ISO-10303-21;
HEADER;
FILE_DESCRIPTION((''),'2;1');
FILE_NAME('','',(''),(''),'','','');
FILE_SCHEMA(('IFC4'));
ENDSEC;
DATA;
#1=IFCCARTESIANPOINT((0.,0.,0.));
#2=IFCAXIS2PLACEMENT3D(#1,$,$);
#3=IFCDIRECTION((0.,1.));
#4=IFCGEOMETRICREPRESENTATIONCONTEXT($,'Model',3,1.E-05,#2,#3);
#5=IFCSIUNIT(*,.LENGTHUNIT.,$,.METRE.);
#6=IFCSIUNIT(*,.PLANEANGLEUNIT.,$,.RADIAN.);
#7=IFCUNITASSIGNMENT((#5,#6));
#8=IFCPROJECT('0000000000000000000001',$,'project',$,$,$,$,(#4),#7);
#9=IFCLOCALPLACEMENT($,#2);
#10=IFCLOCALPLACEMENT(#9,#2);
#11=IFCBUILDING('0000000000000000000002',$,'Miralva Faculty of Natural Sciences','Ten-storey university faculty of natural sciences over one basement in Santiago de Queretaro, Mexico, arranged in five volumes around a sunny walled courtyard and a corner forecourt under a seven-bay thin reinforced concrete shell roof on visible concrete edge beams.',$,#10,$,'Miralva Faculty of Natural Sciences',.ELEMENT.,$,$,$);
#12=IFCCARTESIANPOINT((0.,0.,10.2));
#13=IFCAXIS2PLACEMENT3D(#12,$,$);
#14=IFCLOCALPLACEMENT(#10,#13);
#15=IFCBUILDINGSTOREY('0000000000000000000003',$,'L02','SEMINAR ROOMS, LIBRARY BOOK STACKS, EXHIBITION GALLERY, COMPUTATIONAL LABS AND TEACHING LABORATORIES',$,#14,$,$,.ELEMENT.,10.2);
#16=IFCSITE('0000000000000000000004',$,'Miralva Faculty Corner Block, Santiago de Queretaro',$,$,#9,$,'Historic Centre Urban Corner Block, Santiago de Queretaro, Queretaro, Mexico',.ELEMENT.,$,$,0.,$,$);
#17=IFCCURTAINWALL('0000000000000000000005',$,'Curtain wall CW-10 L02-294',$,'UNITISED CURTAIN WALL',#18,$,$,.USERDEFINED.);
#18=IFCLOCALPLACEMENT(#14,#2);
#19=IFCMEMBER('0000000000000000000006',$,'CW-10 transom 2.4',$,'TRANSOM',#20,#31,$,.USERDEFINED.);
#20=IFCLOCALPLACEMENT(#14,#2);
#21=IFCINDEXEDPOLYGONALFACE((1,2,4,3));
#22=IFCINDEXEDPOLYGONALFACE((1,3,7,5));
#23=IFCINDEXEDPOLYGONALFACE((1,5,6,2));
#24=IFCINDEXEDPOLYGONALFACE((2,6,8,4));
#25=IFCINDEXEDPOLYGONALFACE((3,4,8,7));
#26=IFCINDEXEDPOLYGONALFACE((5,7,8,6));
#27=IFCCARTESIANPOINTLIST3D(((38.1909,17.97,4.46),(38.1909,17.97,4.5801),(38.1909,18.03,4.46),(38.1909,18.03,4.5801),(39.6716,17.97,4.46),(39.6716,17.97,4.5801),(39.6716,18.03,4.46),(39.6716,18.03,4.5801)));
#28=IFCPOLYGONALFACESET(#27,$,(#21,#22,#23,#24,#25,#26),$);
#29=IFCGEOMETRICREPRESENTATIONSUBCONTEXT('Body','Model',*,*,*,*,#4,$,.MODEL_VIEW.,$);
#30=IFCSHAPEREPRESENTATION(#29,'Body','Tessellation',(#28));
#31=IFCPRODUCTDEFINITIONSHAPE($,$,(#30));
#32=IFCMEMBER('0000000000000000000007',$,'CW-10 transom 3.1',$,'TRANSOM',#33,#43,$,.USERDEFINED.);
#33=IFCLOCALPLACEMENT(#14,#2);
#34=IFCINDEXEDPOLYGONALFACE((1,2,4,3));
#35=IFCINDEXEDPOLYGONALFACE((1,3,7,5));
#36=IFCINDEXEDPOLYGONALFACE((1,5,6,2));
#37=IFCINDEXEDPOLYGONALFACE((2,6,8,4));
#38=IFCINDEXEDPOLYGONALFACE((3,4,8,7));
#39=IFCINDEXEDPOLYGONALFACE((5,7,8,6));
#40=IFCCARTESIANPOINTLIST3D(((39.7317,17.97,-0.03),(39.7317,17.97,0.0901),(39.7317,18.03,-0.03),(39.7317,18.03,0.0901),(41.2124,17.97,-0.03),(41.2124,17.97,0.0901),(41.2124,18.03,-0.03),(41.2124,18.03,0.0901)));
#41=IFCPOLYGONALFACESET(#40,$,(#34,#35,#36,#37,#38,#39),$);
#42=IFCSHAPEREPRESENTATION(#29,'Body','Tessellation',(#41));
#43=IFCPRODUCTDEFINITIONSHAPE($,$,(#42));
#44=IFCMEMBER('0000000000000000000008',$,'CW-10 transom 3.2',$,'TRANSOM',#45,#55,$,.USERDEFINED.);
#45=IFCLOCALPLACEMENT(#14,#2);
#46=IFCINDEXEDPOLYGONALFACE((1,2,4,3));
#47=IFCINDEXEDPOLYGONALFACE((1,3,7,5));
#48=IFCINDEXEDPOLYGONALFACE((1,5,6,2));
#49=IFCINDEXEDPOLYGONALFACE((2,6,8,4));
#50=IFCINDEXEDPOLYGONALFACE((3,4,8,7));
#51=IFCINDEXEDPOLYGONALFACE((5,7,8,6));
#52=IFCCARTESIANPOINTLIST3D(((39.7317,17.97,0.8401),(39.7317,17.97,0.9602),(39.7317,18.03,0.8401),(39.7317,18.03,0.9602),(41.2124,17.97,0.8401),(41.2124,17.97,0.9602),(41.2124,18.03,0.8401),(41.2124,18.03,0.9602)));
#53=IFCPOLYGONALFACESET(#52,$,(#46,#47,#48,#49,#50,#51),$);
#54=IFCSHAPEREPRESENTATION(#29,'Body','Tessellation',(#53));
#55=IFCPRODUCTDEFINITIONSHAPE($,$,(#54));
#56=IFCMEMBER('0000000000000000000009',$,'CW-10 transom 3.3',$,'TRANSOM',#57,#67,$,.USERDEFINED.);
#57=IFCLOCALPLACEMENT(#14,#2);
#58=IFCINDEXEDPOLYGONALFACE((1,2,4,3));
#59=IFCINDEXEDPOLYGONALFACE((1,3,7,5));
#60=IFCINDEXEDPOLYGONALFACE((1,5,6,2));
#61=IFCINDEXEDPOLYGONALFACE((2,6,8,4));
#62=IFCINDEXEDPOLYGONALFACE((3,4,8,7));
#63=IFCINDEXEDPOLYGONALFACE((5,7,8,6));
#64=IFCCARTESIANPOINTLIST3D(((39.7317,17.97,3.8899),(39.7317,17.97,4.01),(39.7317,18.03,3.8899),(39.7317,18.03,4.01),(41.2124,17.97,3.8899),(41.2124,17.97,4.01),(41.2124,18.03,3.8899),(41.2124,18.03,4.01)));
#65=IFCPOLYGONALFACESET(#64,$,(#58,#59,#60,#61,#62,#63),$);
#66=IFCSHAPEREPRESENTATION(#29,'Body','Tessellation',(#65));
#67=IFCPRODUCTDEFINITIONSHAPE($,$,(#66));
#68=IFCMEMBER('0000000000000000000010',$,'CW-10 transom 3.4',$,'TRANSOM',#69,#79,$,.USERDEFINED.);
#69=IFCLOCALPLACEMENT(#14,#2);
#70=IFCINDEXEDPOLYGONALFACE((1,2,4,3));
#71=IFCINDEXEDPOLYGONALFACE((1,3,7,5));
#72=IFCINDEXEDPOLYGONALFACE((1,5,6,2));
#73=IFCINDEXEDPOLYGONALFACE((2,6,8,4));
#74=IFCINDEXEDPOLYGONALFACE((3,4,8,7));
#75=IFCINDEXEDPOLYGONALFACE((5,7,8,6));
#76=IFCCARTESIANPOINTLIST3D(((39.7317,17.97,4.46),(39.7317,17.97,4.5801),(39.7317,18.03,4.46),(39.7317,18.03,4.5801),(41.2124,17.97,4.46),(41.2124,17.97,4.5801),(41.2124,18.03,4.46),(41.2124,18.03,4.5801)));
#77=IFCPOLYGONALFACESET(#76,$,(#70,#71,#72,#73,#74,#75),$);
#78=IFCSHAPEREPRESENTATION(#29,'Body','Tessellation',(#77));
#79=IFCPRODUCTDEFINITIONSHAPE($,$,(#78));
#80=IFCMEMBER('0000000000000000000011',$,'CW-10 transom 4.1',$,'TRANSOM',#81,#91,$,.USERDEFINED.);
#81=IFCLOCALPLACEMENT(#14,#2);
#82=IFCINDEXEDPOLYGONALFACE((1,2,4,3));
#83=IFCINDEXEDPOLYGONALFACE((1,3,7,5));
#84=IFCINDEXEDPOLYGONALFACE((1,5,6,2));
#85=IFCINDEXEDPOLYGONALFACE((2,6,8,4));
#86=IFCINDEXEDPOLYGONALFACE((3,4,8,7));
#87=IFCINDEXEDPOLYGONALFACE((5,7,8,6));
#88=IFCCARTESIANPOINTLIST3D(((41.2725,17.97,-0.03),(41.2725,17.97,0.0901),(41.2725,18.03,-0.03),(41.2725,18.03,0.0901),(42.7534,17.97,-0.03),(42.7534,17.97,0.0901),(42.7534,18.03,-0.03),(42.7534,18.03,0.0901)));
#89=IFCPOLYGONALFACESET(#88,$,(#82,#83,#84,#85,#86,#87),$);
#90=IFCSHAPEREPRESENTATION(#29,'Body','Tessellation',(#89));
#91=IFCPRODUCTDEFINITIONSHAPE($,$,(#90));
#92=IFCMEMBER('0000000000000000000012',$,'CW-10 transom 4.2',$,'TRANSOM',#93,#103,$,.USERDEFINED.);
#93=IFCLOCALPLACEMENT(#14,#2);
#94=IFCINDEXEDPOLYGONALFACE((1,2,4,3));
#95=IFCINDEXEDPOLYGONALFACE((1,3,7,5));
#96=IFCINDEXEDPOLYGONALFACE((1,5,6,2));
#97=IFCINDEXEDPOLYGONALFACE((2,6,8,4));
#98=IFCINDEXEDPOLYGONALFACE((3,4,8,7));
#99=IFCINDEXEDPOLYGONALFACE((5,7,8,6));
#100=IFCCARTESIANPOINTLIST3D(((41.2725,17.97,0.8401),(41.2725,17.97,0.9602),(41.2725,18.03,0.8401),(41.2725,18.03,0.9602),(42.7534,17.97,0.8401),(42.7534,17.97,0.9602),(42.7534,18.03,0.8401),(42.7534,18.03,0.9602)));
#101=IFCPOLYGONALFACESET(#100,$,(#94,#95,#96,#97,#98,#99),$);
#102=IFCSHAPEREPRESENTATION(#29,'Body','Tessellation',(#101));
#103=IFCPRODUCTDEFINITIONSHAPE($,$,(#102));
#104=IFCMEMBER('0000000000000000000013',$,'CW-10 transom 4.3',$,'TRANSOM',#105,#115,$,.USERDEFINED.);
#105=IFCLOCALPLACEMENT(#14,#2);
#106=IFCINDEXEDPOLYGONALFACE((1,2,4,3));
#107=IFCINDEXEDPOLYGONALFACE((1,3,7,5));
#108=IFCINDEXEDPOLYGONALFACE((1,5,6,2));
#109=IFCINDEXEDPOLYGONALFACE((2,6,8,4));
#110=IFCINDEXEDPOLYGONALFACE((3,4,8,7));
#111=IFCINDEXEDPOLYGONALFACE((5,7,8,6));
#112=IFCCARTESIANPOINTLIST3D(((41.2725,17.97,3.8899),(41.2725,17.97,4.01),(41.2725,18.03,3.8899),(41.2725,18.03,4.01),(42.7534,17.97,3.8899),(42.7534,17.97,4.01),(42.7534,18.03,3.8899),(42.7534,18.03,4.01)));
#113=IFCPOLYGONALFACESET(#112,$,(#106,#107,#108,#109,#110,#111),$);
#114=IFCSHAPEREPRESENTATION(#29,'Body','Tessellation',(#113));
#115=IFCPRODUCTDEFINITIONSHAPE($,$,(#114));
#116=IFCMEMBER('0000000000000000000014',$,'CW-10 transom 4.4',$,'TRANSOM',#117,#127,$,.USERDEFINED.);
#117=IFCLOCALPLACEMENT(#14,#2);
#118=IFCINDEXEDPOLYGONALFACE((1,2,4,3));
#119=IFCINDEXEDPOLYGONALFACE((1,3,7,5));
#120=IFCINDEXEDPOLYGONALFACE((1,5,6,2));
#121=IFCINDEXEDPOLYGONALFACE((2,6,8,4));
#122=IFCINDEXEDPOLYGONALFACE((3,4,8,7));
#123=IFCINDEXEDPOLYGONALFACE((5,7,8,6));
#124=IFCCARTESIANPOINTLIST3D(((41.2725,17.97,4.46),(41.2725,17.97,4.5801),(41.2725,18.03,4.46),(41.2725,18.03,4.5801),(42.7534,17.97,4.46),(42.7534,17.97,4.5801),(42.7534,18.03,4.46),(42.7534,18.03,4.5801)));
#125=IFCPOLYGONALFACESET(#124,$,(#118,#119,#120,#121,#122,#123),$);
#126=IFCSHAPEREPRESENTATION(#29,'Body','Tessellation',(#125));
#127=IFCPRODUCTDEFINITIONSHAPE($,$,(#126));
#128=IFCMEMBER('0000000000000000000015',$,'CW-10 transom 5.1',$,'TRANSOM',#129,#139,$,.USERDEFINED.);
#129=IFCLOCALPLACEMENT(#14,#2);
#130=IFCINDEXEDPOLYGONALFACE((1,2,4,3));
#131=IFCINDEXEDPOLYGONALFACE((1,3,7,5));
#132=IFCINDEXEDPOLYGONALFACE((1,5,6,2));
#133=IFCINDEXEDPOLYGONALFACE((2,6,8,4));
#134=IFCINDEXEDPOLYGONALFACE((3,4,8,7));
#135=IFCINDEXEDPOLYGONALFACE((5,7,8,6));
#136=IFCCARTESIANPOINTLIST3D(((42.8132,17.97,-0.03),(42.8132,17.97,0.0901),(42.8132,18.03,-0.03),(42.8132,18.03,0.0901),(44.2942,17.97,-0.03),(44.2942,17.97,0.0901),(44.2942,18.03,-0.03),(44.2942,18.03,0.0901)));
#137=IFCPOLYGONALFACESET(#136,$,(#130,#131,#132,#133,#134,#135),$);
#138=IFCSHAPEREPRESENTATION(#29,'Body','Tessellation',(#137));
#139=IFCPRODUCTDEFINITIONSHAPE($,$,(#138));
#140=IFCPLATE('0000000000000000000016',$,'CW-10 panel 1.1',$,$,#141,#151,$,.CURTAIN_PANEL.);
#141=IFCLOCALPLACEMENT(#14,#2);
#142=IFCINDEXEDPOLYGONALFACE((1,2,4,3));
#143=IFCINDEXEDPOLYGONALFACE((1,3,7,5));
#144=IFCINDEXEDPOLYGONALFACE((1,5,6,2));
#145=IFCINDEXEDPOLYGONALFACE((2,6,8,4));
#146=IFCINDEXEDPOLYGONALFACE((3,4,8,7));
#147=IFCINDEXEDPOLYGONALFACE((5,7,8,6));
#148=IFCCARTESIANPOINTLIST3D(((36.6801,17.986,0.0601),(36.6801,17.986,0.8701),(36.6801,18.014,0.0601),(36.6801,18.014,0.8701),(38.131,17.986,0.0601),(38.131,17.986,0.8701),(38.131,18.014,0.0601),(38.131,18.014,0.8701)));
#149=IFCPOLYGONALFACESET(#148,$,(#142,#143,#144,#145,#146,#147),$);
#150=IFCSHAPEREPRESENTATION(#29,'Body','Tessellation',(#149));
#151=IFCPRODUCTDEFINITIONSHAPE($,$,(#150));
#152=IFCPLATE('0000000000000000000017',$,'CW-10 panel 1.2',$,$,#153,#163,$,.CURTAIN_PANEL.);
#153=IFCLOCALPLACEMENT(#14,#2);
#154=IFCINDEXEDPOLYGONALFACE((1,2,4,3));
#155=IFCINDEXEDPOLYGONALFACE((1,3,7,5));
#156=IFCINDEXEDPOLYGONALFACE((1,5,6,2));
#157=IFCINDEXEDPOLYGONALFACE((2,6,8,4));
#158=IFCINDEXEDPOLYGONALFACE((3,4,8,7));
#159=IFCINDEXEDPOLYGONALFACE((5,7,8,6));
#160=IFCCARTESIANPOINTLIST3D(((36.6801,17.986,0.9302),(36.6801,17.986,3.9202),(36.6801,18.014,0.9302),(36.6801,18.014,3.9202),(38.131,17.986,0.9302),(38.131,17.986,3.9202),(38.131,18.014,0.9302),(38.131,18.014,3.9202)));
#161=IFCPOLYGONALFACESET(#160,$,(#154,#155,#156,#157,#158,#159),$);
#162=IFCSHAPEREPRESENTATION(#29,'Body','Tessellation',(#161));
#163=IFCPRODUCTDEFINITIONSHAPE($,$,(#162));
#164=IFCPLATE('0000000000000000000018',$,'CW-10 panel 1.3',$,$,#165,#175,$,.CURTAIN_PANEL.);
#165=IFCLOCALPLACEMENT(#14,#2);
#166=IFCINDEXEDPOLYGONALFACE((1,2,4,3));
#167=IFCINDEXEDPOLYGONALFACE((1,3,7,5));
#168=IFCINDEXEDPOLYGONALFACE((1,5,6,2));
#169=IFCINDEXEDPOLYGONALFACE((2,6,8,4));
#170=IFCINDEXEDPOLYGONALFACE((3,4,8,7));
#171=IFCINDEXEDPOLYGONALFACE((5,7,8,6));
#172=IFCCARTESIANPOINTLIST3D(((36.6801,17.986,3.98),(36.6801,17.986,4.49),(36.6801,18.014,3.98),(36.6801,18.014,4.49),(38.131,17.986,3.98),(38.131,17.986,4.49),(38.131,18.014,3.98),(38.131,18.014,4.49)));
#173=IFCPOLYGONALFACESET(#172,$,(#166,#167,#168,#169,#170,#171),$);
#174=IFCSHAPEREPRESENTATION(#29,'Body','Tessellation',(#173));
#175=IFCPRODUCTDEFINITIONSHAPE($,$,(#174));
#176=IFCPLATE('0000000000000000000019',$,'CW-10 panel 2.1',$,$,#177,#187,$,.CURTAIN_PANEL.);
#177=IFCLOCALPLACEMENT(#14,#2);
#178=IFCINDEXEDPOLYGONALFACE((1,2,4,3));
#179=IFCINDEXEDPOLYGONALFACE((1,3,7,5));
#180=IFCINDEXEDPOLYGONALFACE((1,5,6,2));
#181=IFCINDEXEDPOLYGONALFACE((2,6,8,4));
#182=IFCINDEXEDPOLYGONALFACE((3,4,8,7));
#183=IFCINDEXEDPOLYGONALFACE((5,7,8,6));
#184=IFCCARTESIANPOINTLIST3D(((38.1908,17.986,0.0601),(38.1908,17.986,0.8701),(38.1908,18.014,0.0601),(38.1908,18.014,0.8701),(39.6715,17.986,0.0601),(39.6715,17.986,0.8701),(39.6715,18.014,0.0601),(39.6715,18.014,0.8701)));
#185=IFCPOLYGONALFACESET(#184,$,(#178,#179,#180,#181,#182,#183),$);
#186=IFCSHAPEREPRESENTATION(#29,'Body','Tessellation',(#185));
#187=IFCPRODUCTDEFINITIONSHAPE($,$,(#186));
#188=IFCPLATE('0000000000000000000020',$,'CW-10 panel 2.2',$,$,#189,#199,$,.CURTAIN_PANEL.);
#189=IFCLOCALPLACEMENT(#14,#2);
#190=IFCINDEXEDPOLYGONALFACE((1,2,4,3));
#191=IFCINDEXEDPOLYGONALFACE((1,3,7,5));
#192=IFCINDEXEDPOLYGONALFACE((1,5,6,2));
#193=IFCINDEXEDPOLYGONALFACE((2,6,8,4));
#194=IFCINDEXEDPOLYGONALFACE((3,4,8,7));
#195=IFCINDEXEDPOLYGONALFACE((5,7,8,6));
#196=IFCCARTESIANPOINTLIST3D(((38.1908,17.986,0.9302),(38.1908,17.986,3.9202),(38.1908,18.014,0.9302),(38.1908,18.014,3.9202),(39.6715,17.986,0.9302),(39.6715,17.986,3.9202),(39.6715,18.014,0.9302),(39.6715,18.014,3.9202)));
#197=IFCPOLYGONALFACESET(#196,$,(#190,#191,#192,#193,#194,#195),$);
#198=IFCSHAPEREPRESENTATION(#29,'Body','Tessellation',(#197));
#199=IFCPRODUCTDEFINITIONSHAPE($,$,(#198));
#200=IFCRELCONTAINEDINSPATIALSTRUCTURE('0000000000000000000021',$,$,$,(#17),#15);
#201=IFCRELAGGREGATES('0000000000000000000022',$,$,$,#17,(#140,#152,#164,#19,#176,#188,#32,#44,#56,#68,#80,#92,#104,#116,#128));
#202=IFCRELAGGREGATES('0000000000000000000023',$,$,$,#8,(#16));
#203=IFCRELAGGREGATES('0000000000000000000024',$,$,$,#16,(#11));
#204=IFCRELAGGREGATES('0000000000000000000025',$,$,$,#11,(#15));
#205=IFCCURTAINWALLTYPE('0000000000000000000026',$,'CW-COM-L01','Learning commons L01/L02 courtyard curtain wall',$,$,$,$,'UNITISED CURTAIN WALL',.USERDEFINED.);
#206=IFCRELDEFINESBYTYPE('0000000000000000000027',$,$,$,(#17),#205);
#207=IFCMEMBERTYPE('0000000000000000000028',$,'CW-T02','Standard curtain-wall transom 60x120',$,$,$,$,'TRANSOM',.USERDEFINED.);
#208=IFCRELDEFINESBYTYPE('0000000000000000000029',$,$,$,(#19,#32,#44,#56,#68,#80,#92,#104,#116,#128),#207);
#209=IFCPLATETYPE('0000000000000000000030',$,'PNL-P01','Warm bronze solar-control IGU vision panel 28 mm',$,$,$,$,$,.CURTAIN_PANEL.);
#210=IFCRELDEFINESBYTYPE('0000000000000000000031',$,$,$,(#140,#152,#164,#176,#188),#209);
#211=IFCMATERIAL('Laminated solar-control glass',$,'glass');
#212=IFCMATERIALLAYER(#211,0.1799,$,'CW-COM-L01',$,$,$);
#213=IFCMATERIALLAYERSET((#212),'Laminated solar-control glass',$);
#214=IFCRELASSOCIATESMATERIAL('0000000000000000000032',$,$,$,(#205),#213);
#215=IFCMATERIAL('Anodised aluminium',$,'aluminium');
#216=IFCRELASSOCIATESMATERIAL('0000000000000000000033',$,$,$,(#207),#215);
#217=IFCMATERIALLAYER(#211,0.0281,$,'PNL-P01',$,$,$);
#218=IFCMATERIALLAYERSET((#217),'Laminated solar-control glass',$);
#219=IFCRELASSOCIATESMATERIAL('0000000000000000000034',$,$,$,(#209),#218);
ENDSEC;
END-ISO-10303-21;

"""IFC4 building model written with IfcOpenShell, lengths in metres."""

from ifc_helpers import new_model, si_unit, direction, frame, origin, origin_2d, place, context, subcontext, project, spatial, rectangle, extrude, material, layer, layer_set, material_profile, profile_set, type_object, element, aggregate, save


model = new_model("IFC4")

# Units and contexts
model_context = context("Model", 3, precision=1e-05, world=origin(), true_north=direction((0.0, 1.0)))
body_context = subcontext(model_context, "Body", "Model", "MODEL_VIEW")
ifc_project = project(units=[si_unit("LENGTHUNIT", "METRE"), si_unit("PLANEANGLEUNIT", "RADIAN")], contexts=[model_context])

# Site, building, storey
site_placement = place(None, origin())
site = spatial("IfcSite", under=ifc_project, at=site_placement, Name="Miralva Faculty Corner Block, Santiago de Queretaro", LongName="Historic Centre Urban Corner Block, Santiago de Queretaro, Queretaro, Mexico", CompositionType="ELEMENT", RefElevation=0.0)
building_placement = place(site_placement, origin())
building = spatial("IfcBuilding", under=site, at=building_placement, Name="Miralva Faculty of Natural Sciences", Description="Ten-storey university faculty of natural sciences over one basement in Santiago de Queretaro, Mexico, arranged in five volumes around a sunny walled courtyard and a corner forecourt under a seven-bay thin reinforced concrete shell roof on visible concrete edge beams.", LongName="Miralva Faculty of Natural Sciences", CompositionType="ELEMENT")
storey_placement = place(building_placement, frame((0.0, 0.0, 10.2)))
storey = spatial("IfcBuildingStorey", under=building, at=storey_placement, Name="L02", Description="SEMINAR ROOMS, LIBRARY BOOK STACKS, EXHIBITION GALLERY, COMPUTATIONAL LABS AND TEACHING LABORATORIES", CompositionType="ELEMENT", Elevation=10.2)

# Curtain wall, members, plates
ifc_material_1 = material(Name="Laminated solar-control glass", Category="glass")
ifc_layer_1 = layer(ifc_material_1, 0.1799, Name="CW-COM-L01")
ifc_layer_set_1 = layer_set([ifc_layer_1], Name="Laminated solar-control glass")
curtain_wall_type = type_object("IfcCurtainWallType", Name="CW-COM-L01", Description="Learning commons L01/L02 courtyard curtain wall", ElementType="UNITISED CURTAIN WALL", PredefinedType="USERDEFINED", material=ifc_layer_set_1)
curtain_wall_placement = place(storey_placement, origin())
curtain_wall = element("IfcCurtainWall", 1, at=curtain_wall_placement, inside=storey, type_object=curtain_wall_type, Name="Curtain wall CW-10 L02-294", ObjectType="UNITISED CURTAIN WALL", PredefinedType="USERDEFINED")
ifc_material_2 = material(Name="Anodised aluminium", Category="aluminium")
ifc_material_profile_1 = material_profile(ifc_material_2, rectangle(XDim=0.0601, YDim=0.1201, at=origin_2d()), Name="TRANSOM 60x120")
ifc_profile_set_1 = profile_set([ifc_material_profile_1], Name="Anodised aluminium")
member_type_1 = type_object("IfcMemberType", Name="CW-T02", Description="Standard curtain-wall transom 60x120", ElementType="TRANSOM", PredefinedType="USERDEFINED", material=ifc_profile_set_1)
member_1_placement = place(storey_placement, frame((38.1909, 18.0, 4.52), z_axis=(1.0, 0.0, 0.0), x_axis=(0.0, 1.0, 0.0)))
member_1 = element("IfcMember", 2, at=member_1_placement, type_object=member_type_1, Name="CW-10 transom 2.4", ObjectType="TRANSOM", PredefinedType="USERDEFINED", context=body_context, shape_type="SweptSolid", body=[
    extrude(rectangle(XDim=0.0601, YDim=0.1201, at=origin_2d()), origin(), (0.0, 0.0, 1.0), 1.4807),
])
member_2_placement = place(storey_placement, frame((39.7317, 18.0, 0.03), z_axis=(1.0, 0.0, 0.0), x_axis=(0.0, 1.0, 0.0)))
member_2 = element("IfcMember", 3, at=member_2_placement, type_object=member_type_1, Name="CW-10 transom 3.1", ObjectType="TRANSOM", PredefinedType="USERDEFINED", context=body_context, shape_type="SweptSolid", body=[
    extrude(rectangle(XDim=0.0601, YDim=0.1201, at=origin_2d()), origin(), (0.0, 0.0, 1.0), 1.4807),
])
member_3_placement = place(storey_placement, frame((39.7317, 18.0, 0.9001), z_axis=(1.0, 0.0, 0.0), x_axis=(0.0, 1.0, 0.0)))
member_3 = element("IfcMember", 4, at=member_3_placement, type_object=member_type_1, Name="CW-10 transom 3.2", ObjectType="TRANSOM", PredefinedType="USERDEFINED", context=body_context, shape_type="SweptSolid", body=[
    extrude(rectangle(XDim=0.0601, YDim=0.1201, at=origin_2d()), origin(), (0.0, 0.0, 1.0), 1.4807),
])
member_4_placement = place(storey_placement, frame((39.7317, 18.0, 3.95), z_axis=(1.0, 0.0, 0.0), x_axis=(0.0, 1.0, 0.0)))
member_4 = element("IfcMember", 5, at=member_4_placement, type_object=member_type_1, Name="CW-10 transom 3.3", ObjectType="TRANSOM", PredefinedType="USERDEFINED", context=body_context, shape_type="SweptSolid", body=[
    extrude(rectangle(XDim=0.0601, YDim=0.1201, at=origin_2d()), origin(), (0.0, 0.0, 1.0), 1.4807),
])
member_5_placement = place(storey_placement, frame((39.7317, 18.0, 4.52), z_axis=(1.0, 0.0, 0.0), x_axis=(0.0, 1.0, 0.0)))
member_5 = element("IfcMember", 6, at=member_5_placement, type_object=member_type_1, Name="CW-10 transom 3.4", ObjectType="TRANSOM", PredefinedType="USERDEFINED", context=body_context, shape_type="SweptSolid", body=[
    extrude(rectangle(XDim=0.0601, YDim=0.1201, at=origin_2d()), origin(), (0.0, 0.0, 1.0), 1.4807),
])
member_6_placement = place(storey_placement, frame((41.2725, 18.0, 0.03), z_axis=(1.0, 0.0, 0.0), x_axis=(0.0, 1.0, 0.0)))
member_6 = element("IfcMember", 7, at=member_6_placement, type_object=member_type_1, Name="CW-10 transom 4.1", ObjectType="TRANSOM", PredefinedType="USERDEFINED", context=body_context, shape_type="SweptSolid", body=[
    extrude(rectangle(XDim=0.0601, YDim=0.1201, at=origin_2d()), origin(), (0.0, 0.0, 1.0), 1.481),
])
member_7_placement = place(storey_placement, frame((41.2725, 18.0, 0.9001), z_axis=(1.0, 0.0, 0.0), x_axis=(0.0, 1.0, 0.0)))
member_7 = element("IfcMember", 8, at=member_7_placement, type_object=member_type_1, Name="CW-10 transom 4.2", ObjectType="TRANSOM", PredefinedType="USERDEFINED", context=body_context, shape_type="SweptSolid", body=[
    extrude(rectangle(XDim=0.0601, YDim=0.1201, at=origin_2d()), origin(), (0.0, 0.0, 1.0), 1.481),
])
member_8_placement = place(storey_placement, frame((41.2725, 18.0, 3.95), z_axis=(1.0, 0.0, 0.0), x_axis=(0.0, 1.0, 0.0)))
member_8 = element("IfcMember", 9, at=member_8_placement, type_object=member_type_1, Name="CW-10 transom 4.3", ObjectType="TRANSOM", PredefinedType="USERDEFINED", context=body_context, shape_type="SweptSolid", body=[
    extrude(rectangle(XDim=0.0601, YDim=0.1201, at=origin_2d()), origin(), (0.0, 0.0, 1.0), 1.481),
])
member_9_placement = place(storey_placement, frame((41.2725, 18.0, 4.52), z_axis=(1.0, 0.0, 0.0), x_axis=(0.0, 1.0, 0.0)))
member_9 = element("IfcMember", 10, at=member_9_placement, type_object=member_type_1, Name="CW-10 transom 4.4", ObjectType="TRANSOM", PredefinedType="USERDEFINED", context=body_context, shape_type="SweptSolid", body=[
    extrude(rectangle(XDim=0.0601, YDim=0.1201, at=origin_2d()), origin(), (0.0, 0.0, 1.0), 1.481),
])
member_10_placement = place(storey_placement, frame((42.8132, 18.0, 0.03), z_axis=(1.0, 0.0, 0.0), x_axis=(0.0, 1.0, 0.0)))
member_10 = element("IfcMember", 11, at=member_10_placement, type_object=member_type_1, Name="CW-10 transom 5.1", ObjectType="TRANSOM", PredefinedType="USERDEFINED", context=body_context, shape_type="SweptSolid", body=[
    extrude(rectangle(XDim=0.0601, YDim=0.1201, at=origin_2d()), origin(), (0.0, 0.0, 1.0), 1.481),
])
ifc_layer_2 = layer(ifc_material_1, 0.0281, Name="PNL-P01")
ifc_layer_set_2 = layer_set([ifc_layer_2], Name="Laminated solar-control glass")
plate_type = type_object("IfcPlateType", Name="PNL-P01", Description="Warm bronze solar-control IGU vision panel 28 mm", PredefinedType="CURTAIN_PANEL", material=ifc_layer_set_2)
plate_1_placement = place(storey_placement, frame((37.4055, 18.0, 0.0601), z_axis=(0.0, 0.0, 1.0), x_axis=(1.0, 0.0, 0.0)))
plate_1 = element("IfcPlate", 12, at=plate_1_placement, type_object=plate_type, Name="CW-10 panel 1.1", PredefinedType="CURTAIN_PANEL", context=body_context, shape_type="SweptSolid", body=[
    extrude(rectangle(XDim=1.4509, YDim=0.0281, at=origin_2d()), origin(), (0.0, 0.0, 1.0), 0.8101),
])
plate_2_placement = place(storey_placement, frame((37.4055, 18.0, 0.9302), z_axis=(0.0, 0.0, 1.0), x_axis=(1.0, 0.0, 0.0)))
plate_2 = element("IfcPlate", 13, at=plate_2_placement, type_object=plate_type, Name="CW-10 panel 1.2", PredefinedType="CURTAIN_PANEL", context=body_context, shape_type="SweptSolid", body=[
    extrude(rectangle(XDim=1.4509, YDim=0.0281, at=origin_2d()), origin(), (0.0, 0.0, 1.0), 2.99),
])
plate_3_placement = place(storey_placement, frame((37.4055, 18.0, 3.98), z_axis=(0.0, 0.0, 1.0), x_axis=(1.0, 0.0, 0.0)))
plate_3 = element("IfcPlate", 14, at=plate_3_placement, type_object=plate_type, Name="CW-10 panel 1.3", PredefinedType="CURTAIN_PANEL", context=body_context, shape_type="SweptSolid", body=[
    extrude(rectangle(XDim=1.4509, YDim=0.0281, at=origin_2d()), origin(), (0.0, 0.0, 1.0), 0.51),
])
plate_4_placement = place(storey_placement, frame((38.9312, 18.0, 0.0601), z_axis=(0.0, 0.0, 1.0), x_axis=(1.0, 0.0, 0.0)))
plate_4 = element("IfcPlate", 15, at=plate_4_placement, type_object=plate_type, Name="CW-10 panel 2.1", PredefinedType="CURTAIN_PANEL", context=body_context, shape_type="SweptSolid", body=[
    extrude(rectangle(XDim=1.4807, YDim=0.0281, at=origin_2d()), origin(), (0.0, 0.0, 1.0), 0.8101),
])
plate_5_placement = place(storey_placement, frame((38.9312, 18.0, 0.9302), z_axis=(0.0, 0.0, 1.0), x_axis=(1.0, 0.0, 0.0)))
plate_5 = element("IfcPlate", 16, at=plate_5_placement, type_object=plate_type, Name="CW-10 panel 2.2", PredefinedType="CURTAIN_PANEL", context=body_context, shape_type="SweptSolid", body=[
    extrude(rectangle(XDim=1.4807, YDim=0.0281, at=origin_2d()), origin(), (0.0, 0.0, 1.0), 2.99),
])
aggregate(curtain_wall, [plate_1, plate_2, plate_3, member_1, plate_4, plate_5, member_2, member_3, member_4, member_5, member_6, member_7, member_8, member_9, member_10])

save(model, "model.ifc")
